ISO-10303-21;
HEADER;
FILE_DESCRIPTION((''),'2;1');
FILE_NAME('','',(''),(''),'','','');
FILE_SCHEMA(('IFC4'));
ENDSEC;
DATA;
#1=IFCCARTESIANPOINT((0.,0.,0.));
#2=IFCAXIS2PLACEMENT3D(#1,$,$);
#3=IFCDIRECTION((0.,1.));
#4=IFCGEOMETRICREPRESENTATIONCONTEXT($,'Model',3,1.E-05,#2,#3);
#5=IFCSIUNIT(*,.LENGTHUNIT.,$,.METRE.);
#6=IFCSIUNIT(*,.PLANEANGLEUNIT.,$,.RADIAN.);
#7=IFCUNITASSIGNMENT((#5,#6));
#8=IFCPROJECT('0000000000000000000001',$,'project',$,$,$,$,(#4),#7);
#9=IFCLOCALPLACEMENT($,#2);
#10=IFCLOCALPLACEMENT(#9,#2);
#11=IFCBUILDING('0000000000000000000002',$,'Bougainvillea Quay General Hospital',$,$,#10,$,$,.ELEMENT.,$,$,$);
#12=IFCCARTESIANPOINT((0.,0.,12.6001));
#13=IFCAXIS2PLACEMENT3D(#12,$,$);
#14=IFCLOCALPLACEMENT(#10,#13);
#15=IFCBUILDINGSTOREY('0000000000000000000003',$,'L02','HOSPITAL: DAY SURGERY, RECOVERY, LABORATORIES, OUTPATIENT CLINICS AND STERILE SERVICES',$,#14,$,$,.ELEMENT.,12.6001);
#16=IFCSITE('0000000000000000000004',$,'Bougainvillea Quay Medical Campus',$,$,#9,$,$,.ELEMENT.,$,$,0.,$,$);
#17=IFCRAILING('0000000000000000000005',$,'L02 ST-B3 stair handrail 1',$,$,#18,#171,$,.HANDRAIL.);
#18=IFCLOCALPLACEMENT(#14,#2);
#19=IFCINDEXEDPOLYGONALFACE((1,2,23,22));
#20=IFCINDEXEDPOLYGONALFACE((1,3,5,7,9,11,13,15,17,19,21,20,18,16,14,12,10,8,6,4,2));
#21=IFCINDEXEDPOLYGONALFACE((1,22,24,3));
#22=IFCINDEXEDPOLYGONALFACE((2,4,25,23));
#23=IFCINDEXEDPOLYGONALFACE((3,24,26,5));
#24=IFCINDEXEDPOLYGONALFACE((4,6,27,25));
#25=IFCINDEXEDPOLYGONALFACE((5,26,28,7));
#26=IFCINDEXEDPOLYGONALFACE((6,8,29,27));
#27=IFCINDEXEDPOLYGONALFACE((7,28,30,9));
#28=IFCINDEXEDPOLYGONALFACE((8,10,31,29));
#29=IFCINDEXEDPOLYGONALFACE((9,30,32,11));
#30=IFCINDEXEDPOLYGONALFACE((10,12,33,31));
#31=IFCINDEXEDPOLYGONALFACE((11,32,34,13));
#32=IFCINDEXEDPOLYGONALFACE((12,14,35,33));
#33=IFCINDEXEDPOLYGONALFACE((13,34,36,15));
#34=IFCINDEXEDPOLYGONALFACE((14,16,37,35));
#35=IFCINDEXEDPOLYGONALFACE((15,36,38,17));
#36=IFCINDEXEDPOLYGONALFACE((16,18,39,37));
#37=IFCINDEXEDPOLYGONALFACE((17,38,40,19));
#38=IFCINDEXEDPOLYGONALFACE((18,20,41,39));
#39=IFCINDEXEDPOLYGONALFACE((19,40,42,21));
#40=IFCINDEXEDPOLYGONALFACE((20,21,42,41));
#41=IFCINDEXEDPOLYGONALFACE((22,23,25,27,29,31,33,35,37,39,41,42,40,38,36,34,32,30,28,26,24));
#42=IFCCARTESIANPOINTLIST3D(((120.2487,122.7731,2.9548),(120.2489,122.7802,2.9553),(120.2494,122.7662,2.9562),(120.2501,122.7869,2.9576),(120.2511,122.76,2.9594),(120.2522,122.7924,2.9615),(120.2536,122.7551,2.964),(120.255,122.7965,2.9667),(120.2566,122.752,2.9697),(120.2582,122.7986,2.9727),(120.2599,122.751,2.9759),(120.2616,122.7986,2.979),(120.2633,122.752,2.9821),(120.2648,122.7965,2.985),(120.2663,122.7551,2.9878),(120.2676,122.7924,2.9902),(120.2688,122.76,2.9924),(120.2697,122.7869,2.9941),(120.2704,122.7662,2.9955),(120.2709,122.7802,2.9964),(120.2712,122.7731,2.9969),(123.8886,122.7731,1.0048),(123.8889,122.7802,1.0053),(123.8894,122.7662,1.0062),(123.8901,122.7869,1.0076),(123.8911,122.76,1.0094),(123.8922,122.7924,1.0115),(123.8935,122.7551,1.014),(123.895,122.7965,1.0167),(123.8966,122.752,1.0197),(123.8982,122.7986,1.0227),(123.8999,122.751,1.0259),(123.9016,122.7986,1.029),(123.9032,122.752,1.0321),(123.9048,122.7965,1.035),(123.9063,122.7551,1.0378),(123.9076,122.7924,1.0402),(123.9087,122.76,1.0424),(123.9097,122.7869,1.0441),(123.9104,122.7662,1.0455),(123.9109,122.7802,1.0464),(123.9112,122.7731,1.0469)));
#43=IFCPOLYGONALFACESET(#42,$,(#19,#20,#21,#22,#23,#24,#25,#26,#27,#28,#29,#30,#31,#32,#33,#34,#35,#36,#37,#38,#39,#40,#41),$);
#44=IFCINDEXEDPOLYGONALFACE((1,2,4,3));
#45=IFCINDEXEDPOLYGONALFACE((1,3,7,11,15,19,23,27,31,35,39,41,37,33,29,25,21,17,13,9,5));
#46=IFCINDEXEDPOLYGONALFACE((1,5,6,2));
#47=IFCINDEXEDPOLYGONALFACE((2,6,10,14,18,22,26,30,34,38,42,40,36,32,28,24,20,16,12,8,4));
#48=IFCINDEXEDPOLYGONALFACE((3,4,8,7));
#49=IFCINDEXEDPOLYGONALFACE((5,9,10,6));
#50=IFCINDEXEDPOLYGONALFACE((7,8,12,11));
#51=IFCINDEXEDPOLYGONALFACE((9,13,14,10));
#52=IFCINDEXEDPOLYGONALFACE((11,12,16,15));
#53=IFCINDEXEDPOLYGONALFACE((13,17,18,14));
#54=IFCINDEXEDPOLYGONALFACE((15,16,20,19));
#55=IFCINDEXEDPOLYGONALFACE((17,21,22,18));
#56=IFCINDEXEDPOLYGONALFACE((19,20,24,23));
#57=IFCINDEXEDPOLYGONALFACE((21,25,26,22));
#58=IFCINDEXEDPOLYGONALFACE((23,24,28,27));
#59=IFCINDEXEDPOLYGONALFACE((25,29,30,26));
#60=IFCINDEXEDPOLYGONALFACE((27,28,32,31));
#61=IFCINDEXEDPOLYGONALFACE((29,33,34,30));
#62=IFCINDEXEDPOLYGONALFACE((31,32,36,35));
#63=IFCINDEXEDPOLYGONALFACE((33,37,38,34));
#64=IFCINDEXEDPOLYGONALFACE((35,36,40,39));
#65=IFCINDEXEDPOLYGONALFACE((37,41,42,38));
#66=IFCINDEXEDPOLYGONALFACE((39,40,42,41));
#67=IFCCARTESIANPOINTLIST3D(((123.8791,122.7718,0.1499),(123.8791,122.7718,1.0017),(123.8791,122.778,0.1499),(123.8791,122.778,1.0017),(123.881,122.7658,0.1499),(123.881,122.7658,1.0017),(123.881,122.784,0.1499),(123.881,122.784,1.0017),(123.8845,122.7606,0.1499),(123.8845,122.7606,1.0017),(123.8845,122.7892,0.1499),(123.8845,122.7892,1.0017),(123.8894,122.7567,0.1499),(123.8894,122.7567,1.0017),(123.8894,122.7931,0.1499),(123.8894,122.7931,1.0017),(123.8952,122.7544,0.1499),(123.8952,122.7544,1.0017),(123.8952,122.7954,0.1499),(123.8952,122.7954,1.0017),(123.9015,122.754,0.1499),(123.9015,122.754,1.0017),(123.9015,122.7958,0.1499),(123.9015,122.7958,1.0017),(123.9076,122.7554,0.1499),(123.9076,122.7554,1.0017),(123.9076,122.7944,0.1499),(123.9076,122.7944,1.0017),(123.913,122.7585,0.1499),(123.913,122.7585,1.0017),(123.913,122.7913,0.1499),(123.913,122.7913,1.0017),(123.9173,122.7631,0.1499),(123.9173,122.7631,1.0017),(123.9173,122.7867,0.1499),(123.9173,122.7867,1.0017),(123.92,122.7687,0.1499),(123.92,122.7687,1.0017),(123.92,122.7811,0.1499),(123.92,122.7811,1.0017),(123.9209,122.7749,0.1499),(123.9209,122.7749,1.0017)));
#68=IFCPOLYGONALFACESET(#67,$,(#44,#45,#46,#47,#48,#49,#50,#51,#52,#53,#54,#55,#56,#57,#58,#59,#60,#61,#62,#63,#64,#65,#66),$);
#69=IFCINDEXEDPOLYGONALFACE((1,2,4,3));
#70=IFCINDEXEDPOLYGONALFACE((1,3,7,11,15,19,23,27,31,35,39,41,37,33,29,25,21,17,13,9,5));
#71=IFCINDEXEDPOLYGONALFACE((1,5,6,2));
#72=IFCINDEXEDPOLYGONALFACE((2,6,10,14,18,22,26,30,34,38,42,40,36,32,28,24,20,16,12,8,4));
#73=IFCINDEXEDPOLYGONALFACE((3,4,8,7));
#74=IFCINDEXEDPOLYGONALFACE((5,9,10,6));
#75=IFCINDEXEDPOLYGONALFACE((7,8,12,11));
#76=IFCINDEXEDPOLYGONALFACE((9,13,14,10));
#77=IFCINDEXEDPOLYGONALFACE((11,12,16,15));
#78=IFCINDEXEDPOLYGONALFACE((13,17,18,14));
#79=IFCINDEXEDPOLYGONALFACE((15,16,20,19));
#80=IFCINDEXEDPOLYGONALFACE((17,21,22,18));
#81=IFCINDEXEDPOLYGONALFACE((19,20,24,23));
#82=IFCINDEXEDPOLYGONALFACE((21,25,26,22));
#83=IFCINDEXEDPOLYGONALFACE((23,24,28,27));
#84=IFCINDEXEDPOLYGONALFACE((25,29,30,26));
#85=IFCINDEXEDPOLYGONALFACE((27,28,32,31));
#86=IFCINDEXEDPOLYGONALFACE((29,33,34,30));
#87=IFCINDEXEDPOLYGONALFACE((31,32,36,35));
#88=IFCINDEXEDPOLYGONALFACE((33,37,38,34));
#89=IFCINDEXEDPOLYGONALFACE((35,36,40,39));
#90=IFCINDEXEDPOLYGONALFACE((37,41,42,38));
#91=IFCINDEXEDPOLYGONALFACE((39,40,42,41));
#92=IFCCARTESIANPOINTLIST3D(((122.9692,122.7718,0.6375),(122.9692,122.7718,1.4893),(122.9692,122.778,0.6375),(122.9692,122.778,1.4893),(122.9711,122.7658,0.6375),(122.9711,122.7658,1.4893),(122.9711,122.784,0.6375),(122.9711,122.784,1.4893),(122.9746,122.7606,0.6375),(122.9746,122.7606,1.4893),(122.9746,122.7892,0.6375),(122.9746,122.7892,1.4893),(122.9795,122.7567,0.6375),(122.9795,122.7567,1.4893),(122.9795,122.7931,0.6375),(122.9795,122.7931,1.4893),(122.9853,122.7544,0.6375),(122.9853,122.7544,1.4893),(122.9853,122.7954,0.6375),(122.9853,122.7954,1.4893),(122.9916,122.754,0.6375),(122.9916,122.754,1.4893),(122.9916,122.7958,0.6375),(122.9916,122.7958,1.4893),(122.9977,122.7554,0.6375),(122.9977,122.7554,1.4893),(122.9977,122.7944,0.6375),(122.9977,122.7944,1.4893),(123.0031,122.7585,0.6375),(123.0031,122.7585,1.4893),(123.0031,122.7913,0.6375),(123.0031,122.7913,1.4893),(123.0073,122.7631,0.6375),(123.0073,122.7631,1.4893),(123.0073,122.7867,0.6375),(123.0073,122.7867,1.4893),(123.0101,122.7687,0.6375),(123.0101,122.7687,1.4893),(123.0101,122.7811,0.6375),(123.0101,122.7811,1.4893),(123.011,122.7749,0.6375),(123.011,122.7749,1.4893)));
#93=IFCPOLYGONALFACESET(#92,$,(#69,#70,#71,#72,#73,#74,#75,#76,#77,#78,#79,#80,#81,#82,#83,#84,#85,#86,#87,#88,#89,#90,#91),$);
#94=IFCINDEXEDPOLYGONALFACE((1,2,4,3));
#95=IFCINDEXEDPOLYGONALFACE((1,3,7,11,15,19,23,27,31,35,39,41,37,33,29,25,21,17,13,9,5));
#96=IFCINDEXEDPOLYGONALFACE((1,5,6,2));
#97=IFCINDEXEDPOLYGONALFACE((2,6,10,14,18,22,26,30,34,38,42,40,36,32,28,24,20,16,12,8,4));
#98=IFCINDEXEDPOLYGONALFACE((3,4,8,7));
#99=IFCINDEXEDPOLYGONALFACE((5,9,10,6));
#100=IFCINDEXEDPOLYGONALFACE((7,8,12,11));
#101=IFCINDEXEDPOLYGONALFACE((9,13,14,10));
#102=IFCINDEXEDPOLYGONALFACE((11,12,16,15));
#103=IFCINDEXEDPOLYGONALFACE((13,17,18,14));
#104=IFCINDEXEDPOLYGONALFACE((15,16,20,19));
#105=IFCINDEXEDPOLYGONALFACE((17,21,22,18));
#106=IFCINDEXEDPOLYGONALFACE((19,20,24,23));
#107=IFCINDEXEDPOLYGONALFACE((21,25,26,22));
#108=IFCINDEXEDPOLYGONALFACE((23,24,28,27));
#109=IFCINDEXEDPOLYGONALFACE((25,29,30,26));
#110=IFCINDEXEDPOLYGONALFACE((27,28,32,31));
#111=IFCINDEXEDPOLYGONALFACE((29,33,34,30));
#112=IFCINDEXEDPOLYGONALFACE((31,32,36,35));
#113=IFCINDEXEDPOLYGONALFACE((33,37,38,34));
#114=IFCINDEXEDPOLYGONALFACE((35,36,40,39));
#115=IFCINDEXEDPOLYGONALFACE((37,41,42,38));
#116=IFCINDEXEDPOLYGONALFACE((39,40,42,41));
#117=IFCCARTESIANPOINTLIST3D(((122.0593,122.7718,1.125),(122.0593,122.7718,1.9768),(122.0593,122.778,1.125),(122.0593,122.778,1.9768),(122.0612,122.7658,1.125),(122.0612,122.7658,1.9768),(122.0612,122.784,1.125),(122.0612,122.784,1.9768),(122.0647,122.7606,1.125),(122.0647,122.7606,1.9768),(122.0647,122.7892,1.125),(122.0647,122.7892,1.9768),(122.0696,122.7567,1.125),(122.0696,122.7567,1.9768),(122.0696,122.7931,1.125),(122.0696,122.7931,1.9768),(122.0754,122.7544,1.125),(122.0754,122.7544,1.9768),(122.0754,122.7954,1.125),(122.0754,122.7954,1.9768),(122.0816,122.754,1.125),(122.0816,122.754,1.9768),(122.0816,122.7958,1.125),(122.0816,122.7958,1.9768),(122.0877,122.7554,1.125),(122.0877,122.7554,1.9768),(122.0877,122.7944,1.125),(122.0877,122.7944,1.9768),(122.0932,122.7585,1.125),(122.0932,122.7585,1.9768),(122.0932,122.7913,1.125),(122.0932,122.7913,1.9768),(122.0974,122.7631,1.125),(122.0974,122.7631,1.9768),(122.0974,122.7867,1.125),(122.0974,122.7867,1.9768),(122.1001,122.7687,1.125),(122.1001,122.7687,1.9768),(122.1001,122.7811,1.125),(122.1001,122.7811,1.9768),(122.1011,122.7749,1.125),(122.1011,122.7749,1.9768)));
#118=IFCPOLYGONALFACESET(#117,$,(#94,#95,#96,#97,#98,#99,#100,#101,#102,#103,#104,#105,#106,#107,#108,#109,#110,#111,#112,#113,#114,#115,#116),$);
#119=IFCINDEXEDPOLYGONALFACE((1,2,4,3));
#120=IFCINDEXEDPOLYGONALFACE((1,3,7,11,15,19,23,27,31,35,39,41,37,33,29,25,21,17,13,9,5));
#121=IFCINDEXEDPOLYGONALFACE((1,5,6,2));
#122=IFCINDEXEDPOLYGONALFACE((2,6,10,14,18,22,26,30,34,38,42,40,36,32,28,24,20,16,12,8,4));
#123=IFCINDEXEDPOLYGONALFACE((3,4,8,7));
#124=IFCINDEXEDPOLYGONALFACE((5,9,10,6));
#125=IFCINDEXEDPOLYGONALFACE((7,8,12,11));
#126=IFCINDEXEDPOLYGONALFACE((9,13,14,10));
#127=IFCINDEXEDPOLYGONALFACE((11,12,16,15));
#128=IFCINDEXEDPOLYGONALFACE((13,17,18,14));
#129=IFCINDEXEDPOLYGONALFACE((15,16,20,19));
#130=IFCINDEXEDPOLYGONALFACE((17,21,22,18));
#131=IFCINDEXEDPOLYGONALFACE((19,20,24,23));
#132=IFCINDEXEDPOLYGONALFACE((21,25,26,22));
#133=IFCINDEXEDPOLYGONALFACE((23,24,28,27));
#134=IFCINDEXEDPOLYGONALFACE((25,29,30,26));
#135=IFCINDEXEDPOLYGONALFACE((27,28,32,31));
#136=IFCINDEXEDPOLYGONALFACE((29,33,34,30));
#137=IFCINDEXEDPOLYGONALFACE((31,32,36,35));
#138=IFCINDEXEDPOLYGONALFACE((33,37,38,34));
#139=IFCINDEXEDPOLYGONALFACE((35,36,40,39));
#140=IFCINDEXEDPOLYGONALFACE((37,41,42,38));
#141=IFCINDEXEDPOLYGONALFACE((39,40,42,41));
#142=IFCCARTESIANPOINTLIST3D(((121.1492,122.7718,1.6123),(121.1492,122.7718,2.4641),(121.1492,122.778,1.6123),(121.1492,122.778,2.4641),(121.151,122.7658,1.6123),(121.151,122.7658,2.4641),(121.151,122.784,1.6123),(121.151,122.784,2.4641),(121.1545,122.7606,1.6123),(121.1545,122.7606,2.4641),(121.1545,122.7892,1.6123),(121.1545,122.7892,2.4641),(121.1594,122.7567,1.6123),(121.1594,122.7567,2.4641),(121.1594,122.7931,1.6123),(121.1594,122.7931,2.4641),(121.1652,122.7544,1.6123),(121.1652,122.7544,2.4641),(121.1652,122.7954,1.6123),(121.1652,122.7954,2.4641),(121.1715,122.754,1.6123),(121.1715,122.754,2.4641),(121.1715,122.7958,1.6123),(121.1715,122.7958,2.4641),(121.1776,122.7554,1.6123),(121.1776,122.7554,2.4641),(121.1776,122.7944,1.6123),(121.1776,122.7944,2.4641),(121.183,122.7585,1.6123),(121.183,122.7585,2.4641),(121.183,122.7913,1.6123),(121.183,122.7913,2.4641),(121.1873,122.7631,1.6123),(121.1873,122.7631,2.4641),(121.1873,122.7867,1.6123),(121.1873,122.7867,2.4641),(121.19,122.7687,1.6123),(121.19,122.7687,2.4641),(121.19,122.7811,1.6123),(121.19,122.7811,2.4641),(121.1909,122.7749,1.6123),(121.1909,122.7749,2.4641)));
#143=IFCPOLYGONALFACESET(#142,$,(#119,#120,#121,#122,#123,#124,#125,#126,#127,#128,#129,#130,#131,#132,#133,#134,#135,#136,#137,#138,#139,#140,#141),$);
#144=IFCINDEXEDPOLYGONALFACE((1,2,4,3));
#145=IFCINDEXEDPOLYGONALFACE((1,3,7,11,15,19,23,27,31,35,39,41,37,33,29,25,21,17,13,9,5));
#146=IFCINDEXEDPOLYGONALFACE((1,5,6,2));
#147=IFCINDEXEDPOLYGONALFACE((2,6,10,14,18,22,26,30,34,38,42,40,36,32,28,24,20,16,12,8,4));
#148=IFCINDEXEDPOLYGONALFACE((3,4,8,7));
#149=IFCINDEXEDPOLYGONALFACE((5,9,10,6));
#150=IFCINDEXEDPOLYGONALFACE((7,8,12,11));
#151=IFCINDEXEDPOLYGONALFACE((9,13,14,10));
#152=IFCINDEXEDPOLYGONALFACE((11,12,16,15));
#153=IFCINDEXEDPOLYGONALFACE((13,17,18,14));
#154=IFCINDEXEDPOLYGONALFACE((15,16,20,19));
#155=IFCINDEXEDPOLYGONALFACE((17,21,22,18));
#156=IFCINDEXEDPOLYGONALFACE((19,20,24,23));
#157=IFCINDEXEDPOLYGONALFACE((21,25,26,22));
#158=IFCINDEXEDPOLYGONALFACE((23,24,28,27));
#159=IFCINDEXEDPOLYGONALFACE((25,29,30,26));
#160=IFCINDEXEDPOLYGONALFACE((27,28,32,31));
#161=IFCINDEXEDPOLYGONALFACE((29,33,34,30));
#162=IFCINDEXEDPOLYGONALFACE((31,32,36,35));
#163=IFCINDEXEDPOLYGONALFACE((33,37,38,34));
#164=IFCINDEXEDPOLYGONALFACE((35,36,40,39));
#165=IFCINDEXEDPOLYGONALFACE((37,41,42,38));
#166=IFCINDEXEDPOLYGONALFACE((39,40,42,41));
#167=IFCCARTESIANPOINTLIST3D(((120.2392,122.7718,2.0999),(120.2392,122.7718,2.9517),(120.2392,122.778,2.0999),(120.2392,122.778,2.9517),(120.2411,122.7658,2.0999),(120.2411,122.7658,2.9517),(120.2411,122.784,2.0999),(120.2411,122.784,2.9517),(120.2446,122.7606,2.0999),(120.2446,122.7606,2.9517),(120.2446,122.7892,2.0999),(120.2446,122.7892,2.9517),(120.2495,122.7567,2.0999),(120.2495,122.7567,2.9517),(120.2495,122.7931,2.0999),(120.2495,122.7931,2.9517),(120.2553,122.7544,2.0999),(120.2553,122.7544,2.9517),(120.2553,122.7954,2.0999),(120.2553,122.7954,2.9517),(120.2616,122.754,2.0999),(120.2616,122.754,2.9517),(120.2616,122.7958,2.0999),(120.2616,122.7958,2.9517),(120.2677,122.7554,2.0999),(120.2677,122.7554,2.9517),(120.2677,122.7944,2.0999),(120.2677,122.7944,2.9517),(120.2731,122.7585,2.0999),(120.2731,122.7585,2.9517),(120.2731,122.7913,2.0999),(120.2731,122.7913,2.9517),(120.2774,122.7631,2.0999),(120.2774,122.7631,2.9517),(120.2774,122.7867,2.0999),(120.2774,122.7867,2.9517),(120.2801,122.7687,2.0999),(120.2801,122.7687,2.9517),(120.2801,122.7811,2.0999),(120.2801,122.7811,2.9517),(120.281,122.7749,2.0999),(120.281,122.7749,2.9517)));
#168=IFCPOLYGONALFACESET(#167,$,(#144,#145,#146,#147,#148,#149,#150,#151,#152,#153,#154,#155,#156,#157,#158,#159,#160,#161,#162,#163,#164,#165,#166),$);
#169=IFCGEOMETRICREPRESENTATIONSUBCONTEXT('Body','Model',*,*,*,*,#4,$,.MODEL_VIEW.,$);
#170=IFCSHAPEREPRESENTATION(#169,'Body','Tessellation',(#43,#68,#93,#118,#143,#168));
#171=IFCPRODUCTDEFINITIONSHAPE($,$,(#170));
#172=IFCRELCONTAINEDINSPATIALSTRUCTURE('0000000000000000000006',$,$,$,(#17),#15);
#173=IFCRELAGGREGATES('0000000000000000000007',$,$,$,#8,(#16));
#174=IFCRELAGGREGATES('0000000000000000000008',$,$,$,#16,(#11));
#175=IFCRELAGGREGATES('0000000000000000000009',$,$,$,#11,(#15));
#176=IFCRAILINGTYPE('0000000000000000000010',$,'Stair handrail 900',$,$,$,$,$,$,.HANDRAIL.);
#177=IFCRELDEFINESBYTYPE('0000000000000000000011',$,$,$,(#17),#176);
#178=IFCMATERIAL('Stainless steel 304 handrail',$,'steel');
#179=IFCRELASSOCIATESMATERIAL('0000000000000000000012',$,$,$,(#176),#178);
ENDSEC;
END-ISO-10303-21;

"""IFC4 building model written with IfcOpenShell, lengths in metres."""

from ifc_helpers import new_model, si_unit, direction, frame, origin, origin_2d, place, context, subcontext, project, spatial, circle, extrude, material, type_object, element, save


model = new_model("IFC4")

# Units and contexts
model_context = context("Model", 3, precision=1e-05, world=origin(), true_north=direction((0.0, 1.0)))
body_context = subcontext(model_context, "Body", "Model", "MODEL_VIEW")
ifc_project = project(units=[si_unit("LENGTHUNIT", "METRE"), si_unit("PLANEANGLEUNIT", "RADIAN")], contexts=[model_context])

# Site, building, storey
site_placement = place(None, origin())
site = spatial("IfcSite", under=ifc_project, at=site_placement, Name="Bougainvillea Quay Medical Campus", CompositionType="ELEMENT", RefElevation=0.0)
building_placement = place(site_placement, origin())
building = spatial("IfcBuilding", under=site, at=building_placement, Name="Bougainvillea Quay General Hospital", CompositionType="ELEMENT")
storey_placement = place(building_placement, frame((0.0, 0.0, 12.6001)))
storey = spatial("IfcBuildingStorey", under=building, at=storey_placement, Name="L02", Description="HOSPITAL: DAY SURGERY, RECOVERY, LABORATORIES, OUTPATIENT CLINICS AND STERILE SERVICES", CompositionType="ELEMENT", Elevation=12.6001)

# Railing
ifc_material_1 = material(Name="Stainless steel 304 handrail", Category="steel")
railing_type_1 = type_object("IfcRailingType", Name="Stair handrail 900", PredefinedType="HANDRAIL", material=ifc_material_1)
railing_1_placement = place(storey_placement, frame((123.8999, 122.7749, 0.1499)))
element("IfcRailing", 1, at=railing_1_placement, inside=storey, type_object=railing_type_1, Name="L02 ST-B3 stair handrail 1", PredefinedType="HANDRAIL", context=body_context, shape_type="SweptSolid", body=[
    extrude(circle(Radius=0.0239, at=origin_2d()), frame((0.0, 0.0, 0.876), z_axis=(-0.881479, 0.0, 0.472223), x_axis=(0.0, -1.0, 0.0)), (0.0, 0.0, 1.0), 4.1294),
    extrude(circle(Radius=0.021, at=origin_2d()), origin(), (0.0, 0.0, 1.0), 0.8518),
    extrude(circle(Radius=0.021, at=origin_2d()), frame((-0.9099, 0.0, 0.4875)), (0.0, 0.0, 1.0), 0.8518),
    extrude(circle(Radius=0.021, at=origin_2d()), frame((-1.8198, 0.0, 0.9751)), (0.0, 0.0, 1.0), 0.8518),
    extrude(circle(Radius=0.021, at=origin_2d()), frame((-2.73, 0.0, 1.4624)), (0.0, 0.0, 1.0), 0.8518),
    extrude(circle(Radius=0.021, at=origin_2d()), frame((-3.6399, 0.0, 1.95)), (0.0, 0.0, 1.0), 0.8518),
])

save(model, "model.ifc")
